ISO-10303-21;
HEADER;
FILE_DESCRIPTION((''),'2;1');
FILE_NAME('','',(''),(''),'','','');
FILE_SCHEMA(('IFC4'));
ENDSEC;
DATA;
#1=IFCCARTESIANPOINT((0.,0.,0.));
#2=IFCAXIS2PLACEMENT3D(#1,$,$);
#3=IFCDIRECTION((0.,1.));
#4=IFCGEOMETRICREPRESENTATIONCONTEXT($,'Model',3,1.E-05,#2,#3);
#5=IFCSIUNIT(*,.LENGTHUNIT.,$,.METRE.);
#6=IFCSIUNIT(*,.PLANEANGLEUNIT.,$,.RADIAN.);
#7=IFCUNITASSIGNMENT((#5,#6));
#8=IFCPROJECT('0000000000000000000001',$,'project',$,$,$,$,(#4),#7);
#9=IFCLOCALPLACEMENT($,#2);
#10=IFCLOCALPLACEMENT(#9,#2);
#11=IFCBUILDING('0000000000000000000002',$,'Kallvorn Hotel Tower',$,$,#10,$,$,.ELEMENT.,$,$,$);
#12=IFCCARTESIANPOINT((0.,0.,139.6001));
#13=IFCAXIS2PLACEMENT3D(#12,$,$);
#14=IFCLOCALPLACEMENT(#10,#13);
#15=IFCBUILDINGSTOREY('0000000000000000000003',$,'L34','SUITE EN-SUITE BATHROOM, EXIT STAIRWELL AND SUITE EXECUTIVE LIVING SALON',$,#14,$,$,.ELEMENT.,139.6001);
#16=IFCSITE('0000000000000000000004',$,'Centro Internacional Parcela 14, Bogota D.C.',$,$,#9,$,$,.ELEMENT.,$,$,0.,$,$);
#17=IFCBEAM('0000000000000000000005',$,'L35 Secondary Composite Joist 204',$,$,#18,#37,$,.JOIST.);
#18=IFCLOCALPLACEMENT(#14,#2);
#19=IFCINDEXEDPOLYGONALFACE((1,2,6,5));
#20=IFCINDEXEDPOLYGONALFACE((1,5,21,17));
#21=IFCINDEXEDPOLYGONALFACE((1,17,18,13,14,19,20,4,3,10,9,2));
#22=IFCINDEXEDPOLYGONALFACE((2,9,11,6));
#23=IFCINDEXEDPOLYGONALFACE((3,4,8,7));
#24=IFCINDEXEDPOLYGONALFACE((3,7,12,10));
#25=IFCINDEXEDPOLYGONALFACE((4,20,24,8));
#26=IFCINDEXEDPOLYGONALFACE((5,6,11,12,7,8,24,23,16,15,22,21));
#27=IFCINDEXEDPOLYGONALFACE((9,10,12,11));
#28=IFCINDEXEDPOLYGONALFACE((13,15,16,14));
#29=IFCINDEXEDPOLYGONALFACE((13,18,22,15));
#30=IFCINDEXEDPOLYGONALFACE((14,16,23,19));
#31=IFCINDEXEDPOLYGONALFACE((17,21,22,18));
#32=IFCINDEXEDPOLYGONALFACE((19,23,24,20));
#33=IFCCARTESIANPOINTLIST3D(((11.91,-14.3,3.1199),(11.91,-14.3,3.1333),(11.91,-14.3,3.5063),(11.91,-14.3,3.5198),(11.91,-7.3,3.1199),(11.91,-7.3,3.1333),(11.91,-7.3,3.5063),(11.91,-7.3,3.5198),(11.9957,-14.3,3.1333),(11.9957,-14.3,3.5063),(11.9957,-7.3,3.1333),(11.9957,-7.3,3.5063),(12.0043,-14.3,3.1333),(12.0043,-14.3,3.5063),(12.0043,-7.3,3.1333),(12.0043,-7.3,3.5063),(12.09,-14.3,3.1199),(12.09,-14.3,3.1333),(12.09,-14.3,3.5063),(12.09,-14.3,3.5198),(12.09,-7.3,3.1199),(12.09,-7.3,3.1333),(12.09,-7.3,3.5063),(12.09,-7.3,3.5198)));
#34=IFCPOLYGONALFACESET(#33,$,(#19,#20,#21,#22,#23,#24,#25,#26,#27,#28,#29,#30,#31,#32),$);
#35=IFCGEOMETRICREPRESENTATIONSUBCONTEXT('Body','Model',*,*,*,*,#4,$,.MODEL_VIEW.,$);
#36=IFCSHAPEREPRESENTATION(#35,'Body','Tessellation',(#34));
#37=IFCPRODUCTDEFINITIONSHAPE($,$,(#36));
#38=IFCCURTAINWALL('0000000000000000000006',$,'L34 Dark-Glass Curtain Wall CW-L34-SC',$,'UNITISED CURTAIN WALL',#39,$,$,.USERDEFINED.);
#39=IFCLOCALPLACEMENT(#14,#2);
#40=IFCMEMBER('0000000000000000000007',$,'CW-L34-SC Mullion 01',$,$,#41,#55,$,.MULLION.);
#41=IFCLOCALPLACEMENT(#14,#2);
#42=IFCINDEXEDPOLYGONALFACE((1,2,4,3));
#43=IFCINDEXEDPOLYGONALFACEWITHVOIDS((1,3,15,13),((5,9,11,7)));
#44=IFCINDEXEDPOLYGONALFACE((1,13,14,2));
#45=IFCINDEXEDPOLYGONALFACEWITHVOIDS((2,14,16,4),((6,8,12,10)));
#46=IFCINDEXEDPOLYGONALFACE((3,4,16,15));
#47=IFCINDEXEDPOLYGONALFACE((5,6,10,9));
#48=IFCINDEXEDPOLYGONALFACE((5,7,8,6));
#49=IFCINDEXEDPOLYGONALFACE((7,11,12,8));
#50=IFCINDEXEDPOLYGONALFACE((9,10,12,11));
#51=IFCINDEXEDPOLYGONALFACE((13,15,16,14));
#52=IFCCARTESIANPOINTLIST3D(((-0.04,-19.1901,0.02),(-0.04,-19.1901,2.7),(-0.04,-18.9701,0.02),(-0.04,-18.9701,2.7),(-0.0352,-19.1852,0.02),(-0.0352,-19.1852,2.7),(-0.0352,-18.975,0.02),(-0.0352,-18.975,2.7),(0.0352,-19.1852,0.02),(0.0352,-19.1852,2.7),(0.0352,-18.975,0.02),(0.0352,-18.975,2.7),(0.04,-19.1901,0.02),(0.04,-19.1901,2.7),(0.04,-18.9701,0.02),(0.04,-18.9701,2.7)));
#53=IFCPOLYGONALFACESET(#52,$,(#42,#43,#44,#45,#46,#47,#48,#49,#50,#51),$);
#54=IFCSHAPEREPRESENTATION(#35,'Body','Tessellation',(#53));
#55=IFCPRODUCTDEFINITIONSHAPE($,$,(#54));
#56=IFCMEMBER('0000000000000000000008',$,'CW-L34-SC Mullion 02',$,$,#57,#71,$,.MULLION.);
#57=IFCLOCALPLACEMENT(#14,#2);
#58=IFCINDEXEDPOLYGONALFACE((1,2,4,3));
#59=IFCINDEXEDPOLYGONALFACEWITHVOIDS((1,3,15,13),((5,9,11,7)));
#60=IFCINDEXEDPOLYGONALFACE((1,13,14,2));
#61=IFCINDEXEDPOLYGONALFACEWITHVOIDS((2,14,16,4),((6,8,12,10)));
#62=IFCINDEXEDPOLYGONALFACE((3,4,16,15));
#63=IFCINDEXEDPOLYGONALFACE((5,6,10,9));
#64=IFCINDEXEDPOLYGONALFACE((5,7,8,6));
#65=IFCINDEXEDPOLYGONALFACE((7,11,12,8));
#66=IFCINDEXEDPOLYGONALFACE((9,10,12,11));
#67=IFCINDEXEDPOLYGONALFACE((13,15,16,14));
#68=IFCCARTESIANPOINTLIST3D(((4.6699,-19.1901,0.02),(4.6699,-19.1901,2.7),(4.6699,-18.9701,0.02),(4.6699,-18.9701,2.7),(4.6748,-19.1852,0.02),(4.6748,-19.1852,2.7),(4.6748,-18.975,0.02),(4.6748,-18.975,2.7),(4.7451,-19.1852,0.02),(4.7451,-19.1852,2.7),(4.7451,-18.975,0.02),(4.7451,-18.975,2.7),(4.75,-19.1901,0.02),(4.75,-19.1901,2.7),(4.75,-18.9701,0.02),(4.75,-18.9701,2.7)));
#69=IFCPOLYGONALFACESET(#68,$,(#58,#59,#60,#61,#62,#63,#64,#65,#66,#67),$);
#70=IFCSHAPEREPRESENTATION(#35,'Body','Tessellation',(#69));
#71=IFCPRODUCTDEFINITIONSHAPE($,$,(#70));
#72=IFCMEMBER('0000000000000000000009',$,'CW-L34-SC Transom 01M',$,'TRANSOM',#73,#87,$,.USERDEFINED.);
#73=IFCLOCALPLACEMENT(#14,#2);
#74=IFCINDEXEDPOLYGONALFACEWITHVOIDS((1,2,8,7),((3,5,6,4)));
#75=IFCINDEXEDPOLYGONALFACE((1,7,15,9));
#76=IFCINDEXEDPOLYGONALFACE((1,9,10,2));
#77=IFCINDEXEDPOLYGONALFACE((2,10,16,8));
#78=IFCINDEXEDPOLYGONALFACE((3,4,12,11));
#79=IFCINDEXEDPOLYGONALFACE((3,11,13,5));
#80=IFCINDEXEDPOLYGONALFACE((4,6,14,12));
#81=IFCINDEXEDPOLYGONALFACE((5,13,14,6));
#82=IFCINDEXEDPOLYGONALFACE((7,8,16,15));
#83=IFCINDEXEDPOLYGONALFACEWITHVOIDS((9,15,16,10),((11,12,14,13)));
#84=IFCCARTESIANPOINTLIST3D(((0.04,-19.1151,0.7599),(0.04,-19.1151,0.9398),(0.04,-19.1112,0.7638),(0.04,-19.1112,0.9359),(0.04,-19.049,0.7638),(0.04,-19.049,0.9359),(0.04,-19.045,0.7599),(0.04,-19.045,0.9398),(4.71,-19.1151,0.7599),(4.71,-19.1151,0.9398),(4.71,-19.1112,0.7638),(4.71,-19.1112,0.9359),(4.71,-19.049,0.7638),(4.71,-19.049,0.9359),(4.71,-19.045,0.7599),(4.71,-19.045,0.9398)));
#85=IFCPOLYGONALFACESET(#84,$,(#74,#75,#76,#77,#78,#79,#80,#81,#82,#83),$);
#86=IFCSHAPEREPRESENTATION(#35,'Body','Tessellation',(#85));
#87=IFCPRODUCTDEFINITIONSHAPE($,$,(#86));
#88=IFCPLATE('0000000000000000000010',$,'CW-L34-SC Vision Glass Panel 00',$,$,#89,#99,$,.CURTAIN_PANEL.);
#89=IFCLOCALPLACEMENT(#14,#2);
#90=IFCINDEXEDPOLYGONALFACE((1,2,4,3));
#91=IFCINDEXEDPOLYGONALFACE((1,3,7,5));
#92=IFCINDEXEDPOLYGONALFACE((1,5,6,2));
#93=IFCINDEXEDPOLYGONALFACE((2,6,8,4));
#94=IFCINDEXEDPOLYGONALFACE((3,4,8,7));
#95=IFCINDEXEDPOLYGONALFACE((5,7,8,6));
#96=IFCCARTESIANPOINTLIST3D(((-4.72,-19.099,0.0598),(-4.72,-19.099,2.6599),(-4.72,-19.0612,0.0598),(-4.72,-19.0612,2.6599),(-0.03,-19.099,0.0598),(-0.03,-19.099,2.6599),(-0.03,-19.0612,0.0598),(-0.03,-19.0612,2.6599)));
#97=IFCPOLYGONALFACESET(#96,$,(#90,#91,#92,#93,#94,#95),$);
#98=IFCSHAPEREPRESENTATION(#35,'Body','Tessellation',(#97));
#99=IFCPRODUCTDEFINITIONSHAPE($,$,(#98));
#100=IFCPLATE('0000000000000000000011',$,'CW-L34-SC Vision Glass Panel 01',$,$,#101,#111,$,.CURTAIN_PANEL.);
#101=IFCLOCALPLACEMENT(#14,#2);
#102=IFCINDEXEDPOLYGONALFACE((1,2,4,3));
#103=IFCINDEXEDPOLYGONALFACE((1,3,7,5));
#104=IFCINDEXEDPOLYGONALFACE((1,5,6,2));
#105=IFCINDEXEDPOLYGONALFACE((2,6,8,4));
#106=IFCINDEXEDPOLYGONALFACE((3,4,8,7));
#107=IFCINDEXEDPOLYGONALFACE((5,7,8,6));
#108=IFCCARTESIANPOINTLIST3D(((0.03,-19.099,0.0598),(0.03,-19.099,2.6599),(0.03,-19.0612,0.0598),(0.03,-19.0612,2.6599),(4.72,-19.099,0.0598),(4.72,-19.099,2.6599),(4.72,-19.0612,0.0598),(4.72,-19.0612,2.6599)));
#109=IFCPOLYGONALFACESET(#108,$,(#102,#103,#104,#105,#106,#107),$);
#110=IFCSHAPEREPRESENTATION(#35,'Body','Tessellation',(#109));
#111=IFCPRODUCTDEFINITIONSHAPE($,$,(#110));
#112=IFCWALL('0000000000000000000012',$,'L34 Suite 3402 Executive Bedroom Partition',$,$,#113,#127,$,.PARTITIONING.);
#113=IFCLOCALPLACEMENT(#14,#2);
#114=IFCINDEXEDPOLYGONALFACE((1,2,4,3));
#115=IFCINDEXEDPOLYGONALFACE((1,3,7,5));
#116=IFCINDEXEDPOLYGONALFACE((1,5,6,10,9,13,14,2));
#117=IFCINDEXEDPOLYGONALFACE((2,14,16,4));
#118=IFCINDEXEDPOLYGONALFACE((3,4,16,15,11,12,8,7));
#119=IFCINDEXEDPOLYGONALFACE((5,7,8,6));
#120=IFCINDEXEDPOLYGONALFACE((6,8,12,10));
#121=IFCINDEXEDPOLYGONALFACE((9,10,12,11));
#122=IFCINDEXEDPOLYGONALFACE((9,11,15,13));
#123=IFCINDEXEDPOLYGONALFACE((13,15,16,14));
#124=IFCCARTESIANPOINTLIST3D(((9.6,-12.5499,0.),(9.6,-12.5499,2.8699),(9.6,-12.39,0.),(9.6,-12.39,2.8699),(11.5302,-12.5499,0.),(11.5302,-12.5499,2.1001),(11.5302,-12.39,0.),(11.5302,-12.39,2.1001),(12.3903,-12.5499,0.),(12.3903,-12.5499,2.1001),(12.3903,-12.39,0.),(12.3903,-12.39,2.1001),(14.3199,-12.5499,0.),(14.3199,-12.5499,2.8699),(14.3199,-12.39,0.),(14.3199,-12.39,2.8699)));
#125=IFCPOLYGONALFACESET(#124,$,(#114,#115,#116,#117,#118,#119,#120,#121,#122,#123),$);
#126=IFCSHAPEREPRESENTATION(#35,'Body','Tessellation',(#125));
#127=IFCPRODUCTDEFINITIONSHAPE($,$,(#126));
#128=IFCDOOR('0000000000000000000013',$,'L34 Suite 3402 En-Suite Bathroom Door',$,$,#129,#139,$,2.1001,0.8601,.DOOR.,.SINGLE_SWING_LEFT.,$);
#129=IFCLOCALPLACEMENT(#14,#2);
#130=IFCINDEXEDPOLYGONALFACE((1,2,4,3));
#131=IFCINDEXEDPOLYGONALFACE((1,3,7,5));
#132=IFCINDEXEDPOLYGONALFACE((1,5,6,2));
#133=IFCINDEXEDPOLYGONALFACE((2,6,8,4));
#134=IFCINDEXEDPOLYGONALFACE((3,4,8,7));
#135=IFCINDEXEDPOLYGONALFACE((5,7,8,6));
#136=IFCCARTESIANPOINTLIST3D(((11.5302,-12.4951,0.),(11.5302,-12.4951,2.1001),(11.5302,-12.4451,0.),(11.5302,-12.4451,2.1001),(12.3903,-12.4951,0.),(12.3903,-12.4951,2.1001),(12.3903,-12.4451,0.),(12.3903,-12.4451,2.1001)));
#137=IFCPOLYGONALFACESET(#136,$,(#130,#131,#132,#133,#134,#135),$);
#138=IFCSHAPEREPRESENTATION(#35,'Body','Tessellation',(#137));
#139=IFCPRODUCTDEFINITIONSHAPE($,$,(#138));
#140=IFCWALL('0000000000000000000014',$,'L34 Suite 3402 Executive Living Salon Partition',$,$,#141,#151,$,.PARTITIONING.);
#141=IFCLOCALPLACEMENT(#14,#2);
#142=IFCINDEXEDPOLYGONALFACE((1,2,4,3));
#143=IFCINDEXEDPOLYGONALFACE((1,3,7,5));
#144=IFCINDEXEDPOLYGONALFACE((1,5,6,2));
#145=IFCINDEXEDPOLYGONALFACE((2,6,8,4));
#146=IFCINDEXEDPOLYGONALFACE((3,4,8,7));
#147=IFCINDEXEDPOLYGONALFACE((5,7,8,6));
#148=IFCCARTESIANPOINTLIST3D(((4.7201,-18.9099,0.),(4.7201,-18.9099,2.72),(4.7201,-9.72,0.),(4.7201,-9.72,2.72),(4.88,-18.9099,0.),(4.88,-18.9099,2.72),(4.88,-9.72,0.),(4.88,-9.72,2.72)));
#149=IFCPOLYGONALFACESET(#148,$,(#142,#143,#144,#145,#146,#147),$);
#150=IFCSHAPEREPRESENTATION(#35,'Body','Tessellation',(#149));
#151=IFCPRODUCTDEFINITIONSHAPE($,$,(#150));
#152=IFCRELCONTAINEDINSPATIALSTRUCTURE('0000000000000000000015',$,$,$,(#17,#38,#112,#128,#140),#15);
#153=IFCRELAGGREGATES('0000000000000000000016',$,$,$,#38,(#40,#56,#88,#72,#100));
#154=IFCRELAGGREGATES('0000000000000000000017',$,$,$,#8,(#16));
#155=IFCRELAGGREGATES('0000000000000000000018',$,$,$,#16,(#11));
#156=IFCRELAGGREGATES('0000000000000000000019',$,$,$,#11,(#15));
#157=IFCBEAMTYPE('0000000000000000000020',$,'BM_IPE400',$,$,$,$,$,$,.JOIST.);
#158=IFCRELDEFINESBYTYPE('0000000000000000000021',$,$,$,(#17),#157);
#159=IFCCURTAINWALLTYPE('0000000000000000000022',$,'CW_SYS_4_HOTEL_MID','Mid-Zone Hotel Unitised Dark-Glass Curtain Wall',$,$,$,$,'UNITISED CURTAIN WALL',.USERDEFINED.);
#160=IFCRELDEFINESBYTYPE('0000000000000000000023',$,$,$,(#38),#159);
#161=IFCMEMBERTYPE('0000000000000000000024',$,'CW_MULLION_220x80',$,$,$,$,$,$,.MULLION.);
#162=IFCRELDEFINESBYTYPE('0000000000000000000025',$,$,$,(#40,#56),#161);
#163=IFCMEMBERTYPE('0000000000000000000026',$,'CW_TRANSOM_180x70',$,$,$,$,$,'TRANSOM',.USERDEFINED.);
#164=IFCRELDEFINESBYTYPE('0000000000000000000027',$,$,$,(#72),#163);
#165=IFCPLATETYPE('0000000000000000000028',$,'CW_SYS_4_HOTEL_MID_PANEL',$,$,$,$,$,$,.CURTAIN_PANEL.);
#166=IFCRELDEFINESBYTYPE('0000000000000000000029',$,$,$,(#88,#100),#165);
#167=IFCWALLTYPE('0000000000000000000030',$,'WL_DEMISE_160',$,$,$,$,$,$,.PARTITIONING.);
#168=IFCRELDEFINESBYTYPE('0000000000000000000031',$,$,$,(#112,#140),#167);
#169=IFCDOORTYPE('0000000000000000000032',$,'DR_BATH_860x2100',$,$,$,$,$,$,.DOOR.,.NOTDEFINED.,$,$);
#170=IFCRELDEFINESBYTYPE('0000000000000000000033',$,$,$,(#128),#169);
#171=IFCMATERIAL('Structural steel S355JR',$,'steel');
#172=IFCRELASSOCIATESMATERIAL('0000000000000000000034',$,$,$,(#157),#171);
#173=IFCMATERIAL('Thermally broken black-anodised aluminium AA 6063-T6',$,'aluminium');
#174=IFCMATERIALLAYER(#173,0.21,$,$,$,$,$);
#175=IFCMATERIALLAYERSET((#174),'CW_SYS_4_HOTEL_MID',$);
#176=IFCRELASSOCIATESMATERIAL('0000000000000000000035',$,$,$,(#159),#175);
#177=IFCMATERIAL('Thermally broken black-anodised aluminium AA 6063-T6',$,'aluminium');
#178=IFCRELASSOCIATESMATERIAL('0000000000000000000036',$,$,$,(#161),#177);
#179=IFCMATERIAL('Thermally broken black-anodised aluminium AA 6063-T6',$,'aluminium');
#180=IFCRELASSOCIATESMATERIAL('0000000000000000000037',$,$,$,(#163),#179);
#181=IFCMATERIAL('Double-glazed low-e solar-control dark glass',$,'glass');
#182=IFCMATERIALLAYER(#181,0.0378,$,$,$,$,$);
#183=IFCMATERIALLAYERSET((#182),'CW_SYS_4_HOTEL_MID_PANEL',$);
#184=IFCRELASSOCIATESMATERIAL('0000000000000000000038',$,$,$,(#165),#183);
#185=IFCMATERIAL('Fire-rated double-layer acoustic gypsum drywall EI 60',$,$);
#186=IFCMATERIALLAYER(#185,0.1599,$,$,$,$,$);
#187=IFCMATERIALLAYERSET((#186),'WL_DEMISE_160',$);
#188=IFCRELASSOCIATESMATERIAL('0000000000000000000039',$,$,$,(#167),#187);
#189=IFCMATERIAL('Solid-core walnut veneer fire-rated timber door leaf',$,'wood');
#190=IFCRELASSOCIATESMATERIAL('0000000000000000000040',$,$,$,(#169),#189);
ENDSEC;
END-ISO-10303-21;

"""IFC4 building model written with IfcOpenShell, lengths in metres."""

from ifc_helpers import new_model, si_unit, direction, frame, frame_2d, origin, origin_2d, place, context, subcontext, project, spatial, rectangle, hollow_rectangle, i_section, extrude, material, layer, layer_set, material_profile, profile_set, type_object, element, fill, aggregate, save


model = new_model("IFC4")

# Units and contexts
model_context = context("Model", 3, precision=1e-05, world=origin(), true_north=direction((0.0, 1.0)))
body_context = subcontext(model_context, "Body", "Model", "MODEL_VIEW")
ifc_project = project(units=[si_unit("LENGTHUNIT", "METRE"), si_unit("PLANEANGLEUNIT", "RADIAN")], contexts=[model_context])

# Site, building, storey
site_placement = place(None, origin())
site = spatial("IfcSite", under=ifc_project, at=site_placement, Name="Centro Internacional Parcela 14, Bogota D.C.", CompositionType="ELEMENT", RefElevation=0.0)
building_placement = place(site_placement, origin())
building = spatial("IfcBuilding", under=site, at=building_placement, Name="Kallvorn Hotel Tower", CompositionType="ELEMENT")
storey_placement = place(building_placement, frame((0.0, 0.0, 139.6001)))
storey = spatial("IfcBuildingStorey", under=building, at=storey_placement, Name="L34", Description="SUITE EN-SUITE BATHROOM, EXIT STAIRWELL AND SUITE EXECUTIVE LIVING SALON", CompositionType="ELEMENT", Elevation=139.6001)

# Beam
ifc_material_1 = material(Name="Structural steel S355JR", Category="steel")
ifc_material_profile_1 = material_profile(ifc_material_1, i_section(OverallWidth=0.1799, OverallDepth=0.3999, WebThickness=0.0085, FlangeThickness=0.0134, at=origin_2d()), Name="IPE 400")
ifc_profile_set_1 = profile_set([ifc_material_profile_1], Name="Structural steel S355JR")
beam_type_1 = type_object("IfcBeamType", Name="BM_IPE400", PredefinedType="JOIST", material=ifc_profile_set_1)
for number, where, z_axis, x_axis, name in (
    (1, (12.0, -14.3, 3.3198), (0.0, 1.0, 0.0), (-1.0, 0.0, 0.0), "L35 Secondary Composite Joist 204"),
):
    element("IfcBeam", number, at=place(storey_placement, frame(where, z_axis=z_axis, x_axis=x_axis)), inside=storey, type_object=beam_type_1, Name=name, PredefinedType="JOIST", context=body_context, shape_type="SweptSolid", body=[
        extrude(i_section(OverallWidth=0.1799, OverallDepth=0.3999, WebThickness=0.0085, FlangeThickness=0.0134, at=origin_2d()), origin(), (0.0, 0.0, 1.0), 7.0),
    ])

# Curtain wall, members, plates
ifc_material_2 = material(Name="Thermally broken black-anodised aluminium AA 6063-T6", Category="aluminium")
ifc_layer_1 = layer(ifc_material_2, 0.21)
ifc_layer_set_1 = layer_set([ifc_layer_1], Name="CW_SYS_4_HOTEL_MID")
curtain_wall_type = type_object("IfcCurtainWallType", Name="CW_SYS_4_HOTEL_MID", Description="Mid-Zone Hotel Unitised Dark-Glass Curtain Wall", ElementType="UNITISED CURTAIN WALL", PredefinedType="USERDEFINED", material=ifc_layer_set_1)
curtain_wall_placement = place(storey_placement, origin())
curtain_wall = element("IfcCurtainWall", 2, at=curtain_wall_placement, inside=storey, type_object=curtain_wall_type, Name="L34 Dark-Glass Curtain Wall CW-L34-SC", ObjectType="UNITISED CURTAIN WALL", PredefinedType="USERDEFINED")
ifc_material_3 = material(Name="Thermally broken black-anodised aluminium AA 6063-T6", Category="aluminium")
ifc_material_profile_2 = material_profile(ifc_material_3, hollow_rectangle(XDim=0.0801, YDim=0.22, WallThickness=0.0049, at=origin_2d()), Name="MUL 220x80")
ifc_profile_set_2 = profile_set([ifc_material_profile_2], Name="Thermally broken black-anodised aluminium AA 6063-T6")
member_type_1 = type_object("IfcMemberType", Name="CW_MULLION_220x80", PredefinedType="MULLION", material=ifc_profile_set_2)
member_1_placement = place(storey_placement, frame((0.0, -19.0801, 0.02), z_axis=(0.0, 0.0, 1.0), x_axis=(1.0, 0.0, 0.0)))
member_1 = element("IfcMember", 3, at=member_1_placement, type_object=member_type_1, Name="CW-L34-SC Mullion 01", PredefinedType="MULLION", context=body_context, shape_type="SweptSolid", body=[
    extrude(hollow_rectangle(XDim=0.0801, YDim=0.22, WallThickness=0.0049, at=origin_2d()), origin(), (0.0, 0.0, 1.0), 2.6799),
])
member_2_placement = place(storey_placement, frame((4.71, -19.0801, 0.02), z_axis=(0.0, 0.0, 1.0), x_axis=(1.0, 0.0, 0.0)))
member_2 = element("IfcMember", 4, at=member_2_placement, type_object=member_type_1, Name="CW-L34-SC Mullion 02", PredefinedType="MULLION", context=body_context, shape_type="SweptSolid", body=[
    extrude(hollow_rectangle(XDim=0.0801, YDim=0.22, WallThickness=0.0049, at=origin_2d()), origin(), (0.0, 0.0, 1.0), 2.6799),
])
ifc_material_4 = material(Name="Thermally broken black-anodised aluminium AA 6063-T6", Category="aluminium")
ifc_material_profile_3 = material_profile(ifc_material_4, hollow_rectangle(XDim=0.0701, YDim=0.1799, WallThickness=0.0039, at=origin_2d()), Name="TRN 180x70")
ifc_profile_set_3 = profile_set([ifc_material_profile_3], Name="Thermally broken black-anodised aluminium AA 6063-T6")
member_type_2 = type_object("IfcMemberType", Name="CW_TRANSOM_180x70", ElementType="TRANSOM", PredefinedType="USERDEFINED", material=ifc_profile_set_3)
member_3_placement = place(storey_placement, frame((0.04, -19.0801, 0.8499), z_axis=(1.0, 0.0, 0.0), x_axis=(0.0, 1.0, 0.0)))
member_3 = element("IfcMember", 5, at=member_3_placement, type_object=member_type_2, Name="CW-L34-SC Transom 01M", ObjectType="TRANSOM", PredefinedType="USERDEFINED", context=body_context, shape_type="SweptSolid", body=[
    extrude(hollow_rectangle(XDim=0.0701, YDim=0.1799, WallThickness=0.0039, at=origin_2d()), origin(), (0.0, 0.0, 1.0), 4.6699),
])
ifc_material_5 = material(Name="Double-glazed low-e solar-control dark glass", Category="glass")
ifc_layer_2 = layer(ifc_material_5, 0.0378)
ifc_layer_set_2 = layer_set([ifc_layer_2], Name="CW_SYS_4_HOTEL_MID_PANEL")
plate_type = type_object("IfcPlateType", Name="CW_SYS_4_HOTEL_MID_PANEL", PredefinedType="CURTAIN_PANEL", material=ifc_layer_set_2)
plate_1_placement = place(storey_placement, frame((-2.375, -19.0801, 0.0598), z_axis=(0.0, 0.0, 1.0), x_axis=(1.0, 0.0, 0.0)))
plate_1 = element("IfcPlate", 6, at=plate_1_placement, type_object=plate_type, Name="CW-L34-SC Vision Glass Panel 00", PredefinedType="CURTAIN_PANEL", context=body_context, shape_type="SweptSolid", body=[
    extrude(rectangle(XDim=4.6899, YDim=0.0378, at=origin_2d()), origin(), (0.0, 0.0, 1.0), 2.6001),
])
plate_2_placement = place(storey_placement, frame((2.375, -19.0801, 0.0598), z_axis=(0.0, 0.0, 1.0), x_axis=(1.0, 0.0, 0.0)))
plate_2 = element("IfcPlate", 7, at=plate_2_placement, type_object=plate_type, Name="CW-L34-SC Vision Glass Panel 01", PredefinedType="CURTAIN_PANEL", context=body_context, shape_type="SweptSolid", body=[
    extrude(rectangle(XDim=4.6899, YDim=0.0378, at=origin_2d()), origin(), (0.0, 0.0, 1.0), 2.6001),
])
aggregate(curtain_wall, [member_1, member_2, plate_1, member_3, plate_2])

# Wall, opening, door
ifc_material_6 = material(Name="Fire-rated double-layer acoustic gypsum drywall EI 60")
ifc_layer_3 = layer(ifc_material_6, 0.1599)
ifc_layer_set_3 = layer_set([ifc_layer_3], Name="WL_DEMISE_160")
wall_type_1 = type_object("IfcWallType", Name="WL_DEMISE_160", PredefinedType="PARTITIONING", material=ifc_layer_set_3)
wall_1_placement = place(storey_placement, frame((9.6001, -12.47, 0.0), z_axis=(0.0, 0.0, 1.0), x_axis=(1.0, 0.0, 0.0)))
wall_1 = element("IfcWall", 8, at=wall_1_placement, inside=storey, type_object=wall_type_1, Name="L34 Suite 3402 Executive Bedroom Partition", PredefinedType="PARTITIONING", context=body_context, shape_type="SweptSolid", body=[
    extrude(rectangle(XDim=4.72, YDim=0.1599, at=frame_2d((2.3599, 0.0))), origin(), (0.0, 0.0, 1.0), 2.8699),
])
opening_1_placement = place(wall_1_placement, frame((1.9299, 0.0, 0.0)))
opening_1 = element("IfcOpeningElement", 9, at=opening_1_placement, cuts=wall_1, PredefinedType="OPENING", context=body_context, shape_type="SweptSolid", body=[
    extrude(rectangle(XDim=0.8601, YDim=2.1001, at=frame_2d((0.4302, 1.05))), frame((0.0, 0.095, 0.0), z_axis=(0.0, -1.0, 0.0), x_axis=(1.0, 0.0, 0.0)), (0.0, 0.0, 1.0), 0.1899),
])
ifc_material_7 = material(Name="Solid-core walnut veneer fire-rated timber door leaf", Category="wood")
door_type_1 = type_object("IfcDoorType", Name="DR_BATH_860x2100", OperationType="NOTDEFINED", PredefinedType="DOOR", material=ifc_material_7)
door_1_placement = place(opening_1_placement, origin())
door_1 = element("IfcDoor", 10, at=door_1_placement, inside=storey, type_object=door_type_1, Name="L34 Suite 3402 En-Suite Bathroom Door", OperationType="SINGLE_SWING_LEFT", OverallHeight=2.1001, OverallWidth=0.8601, PredefinedType="DOOR", context=body_context, shape_type="SweptSolid", body=[
    extrude(rectangle(XDim=0.8601, YDim=2.1001, at=frame_2d((0.4302, 1.05))), frame((0.0, 0.0249, 0.0), z_axis=(0.0, -1.0, 0.0), x_axis=(1.0, 0.0, 0.0)), (0.0, 0.0, 1.0), 0.05),
])
fill(opening_1, door_1)

# Wall
wall_2_placement = place(storey_placement, frame((4.8, -18.9099, 0.0), z_axis=(0.0, 0.0, 1.0), x_axis=(0.0, 1.0, 0.0)))
element("IfcWall", 11, at=wall_2_placement, inside=storey, type_object=wall_type_1, Name="L34 Suite 3402 Executive Living Salon Partition", PredefinedType="PARTITIONING", context=body_context, shape_type="SweptSolid", body=[
    extrude(rectangle(XDim=9.1899, YDim=0.1599, at=frame_2d((4.595, 0.0))), origin(), (0.0, 0.0, 1.0), 2.72),
])

save(model, "model.ifc")
